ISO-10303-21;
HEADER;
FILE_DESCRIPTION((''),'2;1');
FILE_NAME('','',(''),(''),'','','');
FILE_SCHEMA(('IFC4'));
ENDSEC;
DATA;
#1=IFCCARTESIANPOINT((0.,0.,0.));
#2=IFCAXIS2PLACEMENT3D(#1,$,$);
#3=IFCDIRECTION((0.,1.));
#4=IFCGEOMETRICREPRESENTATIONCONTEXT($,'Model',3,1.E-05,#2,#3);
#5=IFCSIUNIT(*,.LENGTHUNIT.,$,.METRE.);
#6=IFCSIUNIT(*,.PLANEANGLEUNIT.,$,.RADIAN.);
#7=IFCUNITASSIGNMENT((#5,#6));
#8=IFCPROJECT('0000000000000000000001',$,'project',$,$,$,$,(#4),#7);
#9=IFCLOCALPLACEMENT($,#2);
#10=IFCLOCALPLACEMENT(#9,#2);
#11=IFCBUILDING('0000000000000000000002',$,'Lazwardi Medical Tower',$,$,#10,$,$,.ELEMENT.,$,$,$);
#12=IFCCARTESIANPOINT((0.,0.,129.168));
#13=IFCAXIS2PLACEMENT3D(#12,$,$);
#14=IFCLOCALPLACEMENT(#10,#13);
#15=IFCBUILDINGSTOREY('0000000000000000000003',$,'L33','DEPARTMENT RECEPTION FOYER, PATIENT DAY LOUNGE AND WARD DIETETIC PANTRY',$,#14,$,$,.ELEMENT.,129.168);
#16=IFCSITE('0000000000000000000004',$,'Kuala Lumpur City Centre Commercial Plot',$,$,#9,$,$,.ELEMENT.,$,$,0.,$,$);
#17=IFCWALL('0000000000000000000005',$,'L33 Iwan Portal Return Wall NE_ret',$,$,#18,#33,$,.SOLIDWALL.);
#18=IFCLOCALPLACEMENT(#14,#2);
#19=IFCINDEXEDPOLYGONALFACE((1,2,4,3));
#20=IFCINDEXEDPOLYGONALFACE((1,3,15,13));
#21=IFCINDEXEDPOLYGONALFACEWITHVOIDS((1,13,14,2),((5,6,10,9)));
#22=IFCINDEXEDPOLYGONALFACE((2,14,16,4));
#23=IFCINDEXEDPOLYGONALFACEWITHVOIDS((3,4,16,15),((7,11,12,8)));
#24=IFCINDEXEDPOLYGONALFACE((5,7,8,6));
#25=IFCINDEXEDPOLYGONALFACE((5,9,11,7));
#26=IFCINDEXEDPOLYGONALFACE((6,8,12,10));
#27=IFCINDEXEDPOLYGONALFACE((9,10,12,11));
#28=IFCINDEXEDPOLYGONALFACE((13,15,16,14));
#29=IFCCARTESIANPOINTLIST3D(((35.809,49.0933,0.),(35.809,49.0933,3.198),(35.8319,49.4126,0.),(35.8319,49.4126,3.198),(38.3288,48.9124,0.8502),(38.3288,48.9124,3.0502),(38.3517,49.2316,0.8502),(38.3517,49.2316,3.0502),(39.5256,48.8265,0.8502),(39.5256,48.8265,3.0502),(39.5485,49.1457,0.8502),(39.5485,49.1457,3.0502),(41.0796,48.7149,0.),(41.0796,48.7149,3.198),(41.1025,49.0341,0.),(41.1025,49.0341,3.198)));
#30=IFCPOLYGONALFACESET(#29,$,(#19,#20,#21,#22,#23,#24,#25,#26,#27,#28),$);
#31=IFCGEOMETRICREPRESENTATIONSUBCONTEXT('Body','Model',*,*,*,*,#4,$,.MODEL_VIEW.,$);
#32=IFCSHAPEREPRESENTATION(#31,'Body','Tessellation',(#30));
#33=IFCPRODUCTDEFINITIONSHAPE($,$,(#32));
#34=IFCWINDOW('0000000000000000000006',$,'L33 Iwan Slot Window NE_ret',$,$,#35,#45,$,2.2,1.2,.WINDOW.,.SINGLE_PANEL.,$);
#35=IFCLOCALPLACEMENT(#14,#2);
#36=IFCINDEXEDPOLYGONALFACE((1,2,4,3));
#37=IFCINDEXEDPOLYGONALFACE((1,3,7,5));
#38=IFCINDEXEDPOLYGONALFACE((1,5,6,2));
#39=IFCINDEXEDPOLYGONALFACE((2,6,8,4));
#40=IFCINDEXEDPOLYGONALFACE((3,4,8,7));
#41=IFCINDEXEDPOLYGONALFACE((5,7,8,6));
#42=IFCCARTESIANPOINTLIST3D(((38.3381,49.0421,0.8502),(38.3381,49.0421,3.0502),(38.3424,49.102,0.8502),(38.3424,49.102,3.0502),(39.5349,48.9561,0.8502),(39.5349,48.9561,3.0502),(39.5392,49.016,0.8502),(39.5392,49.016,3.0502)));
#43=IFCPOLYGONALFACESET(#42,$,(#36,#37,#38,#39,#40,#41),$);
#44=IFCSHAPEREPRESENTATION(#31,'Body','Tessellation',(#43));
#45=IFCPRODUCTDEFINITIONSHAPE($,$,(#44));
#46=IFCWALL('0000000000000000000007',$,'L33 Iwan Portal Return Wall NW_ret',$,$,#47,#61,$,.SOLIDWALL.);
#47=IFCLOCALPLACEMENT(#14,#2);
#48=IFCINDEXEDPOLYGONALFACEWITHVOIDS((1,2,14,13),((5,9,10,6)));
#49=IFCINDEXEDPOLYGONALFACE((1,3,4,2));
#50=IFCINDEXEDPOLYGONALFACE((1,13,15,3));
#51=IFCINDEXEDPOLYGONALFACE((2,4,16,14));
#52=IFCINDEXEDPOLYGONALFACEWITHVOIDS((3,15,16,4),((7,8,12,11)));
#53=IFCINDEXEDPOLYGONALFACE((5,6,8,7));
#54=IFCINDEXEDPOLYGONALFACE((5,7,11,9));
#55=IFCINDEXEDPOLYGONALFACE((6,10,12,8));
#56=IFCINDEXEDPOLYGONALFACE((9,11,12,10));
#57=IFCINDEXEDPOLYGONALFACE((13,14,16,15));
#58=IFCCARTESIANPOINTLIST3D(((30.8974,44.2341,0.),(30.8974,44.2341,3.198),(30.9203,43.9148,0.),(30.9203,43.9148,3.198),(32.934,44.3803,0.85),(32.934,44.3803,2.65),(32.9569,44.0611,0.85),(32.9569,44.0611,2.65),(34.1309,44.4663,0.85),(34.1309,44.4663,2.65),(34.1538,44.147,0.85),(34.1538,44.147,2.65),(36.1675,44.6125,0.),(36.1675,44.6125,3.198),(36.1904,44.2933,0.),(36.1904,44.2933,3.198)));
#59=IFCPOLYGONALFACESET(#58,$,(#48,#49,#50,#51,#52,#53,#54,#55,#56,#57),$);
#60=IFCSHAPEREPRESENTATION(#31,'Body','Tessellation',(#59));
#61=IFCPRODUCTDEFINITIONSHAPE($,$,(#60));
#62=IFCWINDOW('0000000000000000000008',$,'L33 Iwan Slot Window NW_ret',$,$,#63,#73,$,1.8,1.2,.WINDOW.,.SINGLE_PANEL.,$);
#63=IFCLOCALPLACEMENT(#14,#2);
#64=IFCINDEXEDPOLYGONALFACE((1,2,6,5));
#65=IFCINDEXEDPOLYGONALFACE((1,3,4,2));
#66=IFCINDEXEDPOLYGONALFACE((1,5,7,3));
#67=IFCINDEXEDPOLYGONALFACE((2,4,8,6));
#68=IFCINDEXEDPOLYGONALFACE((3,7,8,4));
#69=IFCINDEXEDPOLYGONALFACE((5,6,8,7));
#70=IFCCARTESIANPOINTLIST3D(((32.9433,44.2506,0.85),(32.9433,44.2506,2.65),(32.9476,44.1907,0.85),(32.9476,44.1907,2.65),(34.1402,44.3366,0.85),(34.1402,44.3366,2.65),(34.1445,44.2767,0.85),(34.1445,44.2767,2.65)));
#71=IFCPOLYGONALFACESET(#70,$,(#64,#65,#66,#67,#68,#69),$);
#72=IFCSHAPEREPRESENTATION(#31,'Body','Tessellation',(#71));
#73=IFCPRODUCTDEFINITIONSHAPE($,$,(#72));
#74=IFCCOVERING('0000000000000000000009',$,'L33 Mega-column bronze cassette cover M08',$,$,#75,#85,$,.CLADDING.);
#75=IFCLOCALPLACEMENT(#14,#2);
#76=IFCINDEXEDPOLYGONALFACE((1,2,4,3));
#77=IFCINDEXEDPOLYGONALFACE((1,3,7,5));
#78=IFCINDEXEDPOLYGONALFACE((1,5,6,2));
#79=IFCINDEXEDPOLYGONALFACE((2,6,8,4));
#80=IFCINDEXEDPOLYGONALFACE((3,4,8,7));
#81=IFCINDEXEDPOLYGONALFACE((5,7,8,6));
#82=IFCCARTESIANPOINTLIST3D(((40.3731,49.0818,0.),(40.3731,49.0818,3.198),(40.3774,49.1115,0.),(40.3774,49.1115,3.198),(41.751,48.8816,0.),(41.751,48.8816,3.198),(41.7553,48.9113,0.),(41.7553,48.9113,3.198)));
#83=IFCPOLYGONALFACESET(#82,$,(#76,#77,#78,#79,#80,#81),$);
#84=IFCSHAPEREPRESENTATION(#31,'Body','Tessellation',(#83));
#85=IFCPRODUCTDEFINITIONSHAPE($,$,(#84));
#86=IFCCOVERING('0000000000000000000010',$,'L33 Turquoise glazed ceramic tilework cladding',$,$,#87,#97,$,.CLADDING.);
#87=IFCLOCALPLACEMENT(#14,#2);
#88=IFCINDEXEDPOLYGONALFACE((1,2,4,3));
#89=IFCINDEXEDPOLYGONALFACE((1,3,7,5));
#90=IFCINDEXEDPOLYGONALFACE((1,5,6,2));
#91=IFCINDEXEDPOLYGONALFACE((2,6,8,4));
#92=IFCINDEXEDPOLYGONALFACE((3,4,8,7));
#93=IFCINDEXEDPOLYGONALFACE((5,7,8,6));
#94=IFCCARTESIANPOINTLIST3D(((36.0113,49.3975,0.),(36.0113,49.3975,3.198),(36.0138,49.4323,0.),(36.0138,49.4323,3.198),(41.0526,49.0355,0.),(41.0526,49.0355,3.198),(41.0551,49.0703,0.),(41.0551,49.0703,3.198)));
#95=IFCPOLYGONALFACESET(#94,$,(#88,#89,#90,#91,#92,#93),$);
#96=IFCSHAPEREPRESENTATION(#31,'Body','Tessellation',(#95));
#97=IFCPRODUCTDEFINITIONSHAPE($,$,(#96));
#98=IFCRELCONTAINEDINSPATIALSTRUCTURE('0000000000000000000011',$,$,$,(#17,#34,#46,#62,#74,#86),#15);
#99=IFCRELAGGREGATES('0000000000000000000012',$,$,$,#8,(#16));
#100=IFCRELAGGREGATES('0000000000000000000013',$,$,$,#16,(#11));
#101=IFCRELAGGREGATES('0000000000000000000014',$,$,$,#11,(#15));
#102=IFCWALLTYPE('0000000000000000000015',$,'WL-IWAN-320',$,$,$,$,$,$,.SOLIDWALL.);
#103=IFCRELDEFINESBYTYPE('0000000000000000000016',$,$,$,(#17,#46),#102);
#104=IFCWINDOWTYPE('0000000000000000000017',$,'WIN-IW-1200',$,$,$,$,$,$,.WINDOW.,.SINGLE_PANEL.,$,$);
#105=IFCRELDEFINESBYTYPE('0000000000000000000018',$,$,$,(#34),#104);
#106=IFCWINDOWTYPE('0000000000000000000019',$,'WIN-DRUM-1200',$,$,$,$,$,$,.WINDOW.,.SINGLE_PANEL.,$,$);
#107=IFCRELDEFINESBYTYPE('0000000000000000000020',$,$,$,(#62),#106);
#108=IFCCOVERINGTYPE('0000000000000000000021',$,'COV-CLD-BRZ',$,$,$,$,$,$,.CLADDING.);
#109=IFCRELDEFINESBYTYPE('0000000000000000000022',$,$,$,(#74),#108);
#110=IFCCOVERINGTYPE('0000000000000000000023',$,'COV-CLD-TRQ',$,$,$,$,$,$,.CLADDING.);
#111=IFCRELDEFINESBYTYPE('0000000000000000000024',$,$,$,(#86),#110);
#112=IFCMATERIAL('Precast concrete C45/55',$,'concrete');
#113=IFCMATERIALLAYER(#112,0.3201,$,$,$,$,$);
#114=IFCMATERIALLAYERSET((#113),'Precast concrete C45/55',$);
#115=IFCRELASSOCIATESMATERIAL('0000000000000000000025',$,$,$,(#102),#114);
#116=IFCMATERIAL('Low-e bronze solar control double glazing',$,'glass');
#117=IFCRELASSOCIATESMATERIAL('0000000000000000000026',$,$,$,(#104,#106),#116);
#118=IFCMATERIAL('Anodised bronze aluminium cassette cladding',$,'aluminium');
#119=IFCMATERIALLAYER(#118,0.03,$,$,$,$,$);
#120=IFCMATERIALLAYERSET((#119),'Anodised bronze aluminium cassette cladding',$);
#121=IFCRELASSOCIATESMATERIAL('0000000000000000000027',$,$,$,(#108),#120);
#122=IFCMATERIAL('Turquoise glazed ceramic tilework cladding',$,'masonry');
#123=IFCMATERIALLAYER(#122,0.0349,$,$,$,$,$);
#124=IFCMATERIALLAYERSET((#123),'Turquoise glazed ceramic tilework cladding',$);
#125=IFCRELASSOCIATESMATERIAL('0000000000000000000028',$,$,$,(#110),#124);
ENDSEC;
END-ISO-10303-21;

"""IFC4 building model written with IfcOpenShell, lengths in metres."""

from ifc_helpers import new_model, si_unit, direction, frame, frame_2d, origin, origin_2d, place, context, subcontext, project, spatial, rectangle, extrude, material, layer, layer_set, type_object, element, fill, save


model = new_model("IFC4")

# Units and contexts
model_context = context("Model", 3, precision=1e-05, world=origin(), true_north=direction((0.0, 1.0)))
body_context = subcontext(model_context, "Body", "Model", "MODEL_VIEW")
ifc_project = project(units=[si_unit("LENGTHUNIT", "METRE"), si_unit("PLANEANGLEUNIT", "RADIAN")], contexts=[model_context])

# Site, building, storey
site_placement = place(None, origin())
site = spatial("IfcSite", under=ifc_project, at=site_placement, Name="Kuala Lumpur City Centre Commercial Plot", CompositionType="ELEMENT", RefElevation=0.0)
building_placement = place(site_placement, origin())
building = spatial("IfcBuilding", under=site, at=building_placement, Name="Lazwardi Medical Tower", CompositionType="ELEMENT")
storey_placement = place(building_placement, frame((0.0, 0.0, 129.168)))
storey = spatial("IfcBuildingStorey", under=building, at=storey_placement, Name="L33", Description="DEPARTMENT RECEPTION FOYER, PATIENT DAY LOUNGE AND WARD DIETETIC PANTRY", CompositionType="ELEMENT", Elevation=129.168)

# Shared definitions
ifc_material_1 = material(Name="Low-e bronze solar control double glazing", Category="glass")

# Walls, openings, windows
ifc_material_2 = material(Name="Precast concrete C45/55", Category="concrete")
ifc_layer_1 = layer(ifc_material_2, 0.3201)
ifc_layer_set_1 = layer_set([ifc_layer_1], Name="Precast concrete C45/55")
wall_type = type_object("IfcWallType", Name="WL-IWAN-320", PredefinedType="SOLIDWALL", material=ifc_layer_set_1)
wall_1_placement = place(storey_placement, frame((41.0911, 48.8745, 0.0), z_axis=(0.0, 0.0, 1.0), x_axis=(-0.997432, 0.071615, 0.0)))
wall_1 = element("IfcWall", 1, at=wall_1_placement, inside=storey, type_object=wall_type, Name="L33 Iwan Portal Return Wall NE_ret", PredefinedType="SOLIDWALL", context=body_context, shape_type="SweptSolid", body=[
    extrude(rectangle(XDim=5.2842, YDim=0.3201, at=frame_2d((2.6421, 0.0))), origin(), (0.0, 0.0, 1.0), 3.198),
])
opening_1_placement = place(wall_1_placement, frame((1.5579, 0.0, 0.8501)))
opening_1 = element("IfcOpeningElement", 2, at=opening_1_placement, cuts=wall_1, PredefinedType="OPENING", context=body_context, shape_type="SweptSolid", body=[
    extrude(rectangle(XDim=1.2, YDim=2.2, at=frame_2d((0.6001, 1.1001))), frame((0.0, 0.1699, 0.0), z_axis=(0.0, -1.0, 0.0), x_axis=(1.0, 0.0, 0.0)), (0.0, 0.0, 1.0), 0.3401),
])
window_type_1 = type_object("IfcWindowType", Name="WIN-IW-1200", PartitioningType="SINGLE_PANEL", PredefinedType="WINDOW", material=ifc_material_1)
window_1_placement = place(opening_1_placement, origin())
window_1 = element("IfcWindow", 3, at=window_1_placement, inside=storey, type_object=window_type_1, Name="L33 Iwan Slot Window NE_ret", OverallHeight=2.2, OverallWidth=1.2, PartitioningType="SINGLE_PANEL", PredefinedType="WINDOW", context=body_context, shape_type="SweptSolid", body=[
    extrude(rectangle(XDim=1.2, YDim=2.2, at=frame_2d((0.6001, 1.1001))), frame((0.0, 0.03, 0.0), z_axis=(0.0, -1.0, 0.0), x_axis=(1.0, 0.0, 0.0)), (0.0, 0.0, 1.0), 0.0601),
])
fill(opening_1, window_1)
wall_2_placement = place(storey_placement, frame((36.179, 44.4529, 0.0), z_axis=(0.0, 0.0, 1.0), x_axis=(-0.997432, -0.071621, 0.0)))
wall_2 = element("IfcWall", 4, at=wall_2_placement, inside=storey, type_object=wall_type, Name="L33 Iwan Portal Return Wall NW_ret", PredefinedType="SOLIDWALL", context=body_context, shape_type="SweptSolid", body=[
    extrude(rectangle(XDim=5.2837, YDim=0.3201, at=frame_2d((2.6418, 0.0))), origin(), (0.0, 0.0, 1.0), 3.198),
])
opening_2_placement = place(wall_2_placement, frame((2.0417, 0.0, 0.8501)))
opening_2 = element("IfcOpeningElement", 5, at=opening_2_placement, cuts=wall_2, PredefinedType="OPENING", context=body_context, shape_type="SweptSolid", body=[
    extrude(rectangle(XDim=1.2, YDim=1.8, at=frame_2d((0.6001, 0.8999))), frame((0.0, 0.1699, 0.0), z_axis=(0.0, -1.0, 0.0), x_axis=(1.0, 0.0, 0.0)), (0.0, 0.0, 1.0), 0.3401),
])
window_type_2 = type_object("IfcWindowType", Name="WIN-DRUM-1200", PartitioningType="SINGLE_PANEL", PredefinedType="WINDOW", material=ifc_material_1)
window_2_placement = place(opening_2_placement, origin())
window_2 = element("IfcWindow", 6, at=window_2_placement, inside=storey, type_object=window_type_2, Name="L33 Iwan Slot Window NW_ret", OverallHeight=1.8, OverallWidth=1.2, PartitioningType="SINGLE_PANEL", PredefinedType="WINDOW", context=body_context, shape_type="SweptSolid", body=[
    extrude(rectangle(XDim=1.2, YDim=1.8, at=frame_2d((0.6001, 0.8999))), frame((0.0, 0.03, 0.0), z_axis=(0.0, -1.0, 0.0), x_axis=(1.0, 0.0, 0.0)), (0.0, 0.0, 1.0), 0.0601),
])
fill(opening_2, window_2)

# Coverings
ifc_material_3 = material(Name="Anodised bronze aluminium cassette cladding", Category="aluminium")
ifc_layer_2 = layer(ifc_material_3, 0.03)
ifc_layer_set_2 = layer_set([ifc_layer_2], Name="Anodised bronze aluminium cassette cladding")
covering_type_1 = type_object("IfcCoveringType", Name="COV-CLD-BRZ", PredefinedType="CLADDING", material=ifc_layer_set_2)
covering_1_placement = place(storey_placement, frame((41.0642, 48.9966, 0.0), z_axis=(0.0, 0.0, 1.0), x_axis=(-0.989609, 0.143785, 0.0)))
element("IfcCovering", 7, at=covering_1_placement, inside=storey, type_object=covering_type_1, Name="L33 Mega-column bronze cassette cover M08", PredefinedType="CLADDING", context=body_context, shape_type="SweptSolid", body=[
    extrude(rectangle(XDim=1.3923, YDim=0.03, at=origin_2d()), origin(), (0.0, 0.0, 1.0), 3.198),
])
ifc_material_4 = material(Name="Turquoise glazed ceramic tilework cladding", Category="masonry")
ifc_layer_3 = layer(ifc_material_4, 0.0349)
ifc_layer_set_3 = layer_set([ifc_layer_3], Name="Turquoise glazed ceramic tilework cladding")
covering_type_2 = type_object("IfcCoveringType", Name="COV-CLD-TRQ", PredefinedType="CLADDING", material=ifc_layer_set_3)
covering_2_placement = place(storey_placement, frame((38.5332, 49.2339, 0.0), z_axis=(0.0, 0.0, 1.0), x_axis=(-0.997432, 0.071625, 0.0)))
element("IfcCovering", 8, at=covering_2_placement, inside=storey, type_object=covering_type_2, Name="L33 Turquoise glazed ceramic tilework cladding", PredefinedType="CLADDING", context=body_context, shape_type="SweptSolid", body=[
    extrude(rectangle(XDim=5.0542, YDim=0.0349, at=origin_2d()), origin(), (0.0, 0.0, 1.0), 3.198),
])

save(model, "model.ifc")
